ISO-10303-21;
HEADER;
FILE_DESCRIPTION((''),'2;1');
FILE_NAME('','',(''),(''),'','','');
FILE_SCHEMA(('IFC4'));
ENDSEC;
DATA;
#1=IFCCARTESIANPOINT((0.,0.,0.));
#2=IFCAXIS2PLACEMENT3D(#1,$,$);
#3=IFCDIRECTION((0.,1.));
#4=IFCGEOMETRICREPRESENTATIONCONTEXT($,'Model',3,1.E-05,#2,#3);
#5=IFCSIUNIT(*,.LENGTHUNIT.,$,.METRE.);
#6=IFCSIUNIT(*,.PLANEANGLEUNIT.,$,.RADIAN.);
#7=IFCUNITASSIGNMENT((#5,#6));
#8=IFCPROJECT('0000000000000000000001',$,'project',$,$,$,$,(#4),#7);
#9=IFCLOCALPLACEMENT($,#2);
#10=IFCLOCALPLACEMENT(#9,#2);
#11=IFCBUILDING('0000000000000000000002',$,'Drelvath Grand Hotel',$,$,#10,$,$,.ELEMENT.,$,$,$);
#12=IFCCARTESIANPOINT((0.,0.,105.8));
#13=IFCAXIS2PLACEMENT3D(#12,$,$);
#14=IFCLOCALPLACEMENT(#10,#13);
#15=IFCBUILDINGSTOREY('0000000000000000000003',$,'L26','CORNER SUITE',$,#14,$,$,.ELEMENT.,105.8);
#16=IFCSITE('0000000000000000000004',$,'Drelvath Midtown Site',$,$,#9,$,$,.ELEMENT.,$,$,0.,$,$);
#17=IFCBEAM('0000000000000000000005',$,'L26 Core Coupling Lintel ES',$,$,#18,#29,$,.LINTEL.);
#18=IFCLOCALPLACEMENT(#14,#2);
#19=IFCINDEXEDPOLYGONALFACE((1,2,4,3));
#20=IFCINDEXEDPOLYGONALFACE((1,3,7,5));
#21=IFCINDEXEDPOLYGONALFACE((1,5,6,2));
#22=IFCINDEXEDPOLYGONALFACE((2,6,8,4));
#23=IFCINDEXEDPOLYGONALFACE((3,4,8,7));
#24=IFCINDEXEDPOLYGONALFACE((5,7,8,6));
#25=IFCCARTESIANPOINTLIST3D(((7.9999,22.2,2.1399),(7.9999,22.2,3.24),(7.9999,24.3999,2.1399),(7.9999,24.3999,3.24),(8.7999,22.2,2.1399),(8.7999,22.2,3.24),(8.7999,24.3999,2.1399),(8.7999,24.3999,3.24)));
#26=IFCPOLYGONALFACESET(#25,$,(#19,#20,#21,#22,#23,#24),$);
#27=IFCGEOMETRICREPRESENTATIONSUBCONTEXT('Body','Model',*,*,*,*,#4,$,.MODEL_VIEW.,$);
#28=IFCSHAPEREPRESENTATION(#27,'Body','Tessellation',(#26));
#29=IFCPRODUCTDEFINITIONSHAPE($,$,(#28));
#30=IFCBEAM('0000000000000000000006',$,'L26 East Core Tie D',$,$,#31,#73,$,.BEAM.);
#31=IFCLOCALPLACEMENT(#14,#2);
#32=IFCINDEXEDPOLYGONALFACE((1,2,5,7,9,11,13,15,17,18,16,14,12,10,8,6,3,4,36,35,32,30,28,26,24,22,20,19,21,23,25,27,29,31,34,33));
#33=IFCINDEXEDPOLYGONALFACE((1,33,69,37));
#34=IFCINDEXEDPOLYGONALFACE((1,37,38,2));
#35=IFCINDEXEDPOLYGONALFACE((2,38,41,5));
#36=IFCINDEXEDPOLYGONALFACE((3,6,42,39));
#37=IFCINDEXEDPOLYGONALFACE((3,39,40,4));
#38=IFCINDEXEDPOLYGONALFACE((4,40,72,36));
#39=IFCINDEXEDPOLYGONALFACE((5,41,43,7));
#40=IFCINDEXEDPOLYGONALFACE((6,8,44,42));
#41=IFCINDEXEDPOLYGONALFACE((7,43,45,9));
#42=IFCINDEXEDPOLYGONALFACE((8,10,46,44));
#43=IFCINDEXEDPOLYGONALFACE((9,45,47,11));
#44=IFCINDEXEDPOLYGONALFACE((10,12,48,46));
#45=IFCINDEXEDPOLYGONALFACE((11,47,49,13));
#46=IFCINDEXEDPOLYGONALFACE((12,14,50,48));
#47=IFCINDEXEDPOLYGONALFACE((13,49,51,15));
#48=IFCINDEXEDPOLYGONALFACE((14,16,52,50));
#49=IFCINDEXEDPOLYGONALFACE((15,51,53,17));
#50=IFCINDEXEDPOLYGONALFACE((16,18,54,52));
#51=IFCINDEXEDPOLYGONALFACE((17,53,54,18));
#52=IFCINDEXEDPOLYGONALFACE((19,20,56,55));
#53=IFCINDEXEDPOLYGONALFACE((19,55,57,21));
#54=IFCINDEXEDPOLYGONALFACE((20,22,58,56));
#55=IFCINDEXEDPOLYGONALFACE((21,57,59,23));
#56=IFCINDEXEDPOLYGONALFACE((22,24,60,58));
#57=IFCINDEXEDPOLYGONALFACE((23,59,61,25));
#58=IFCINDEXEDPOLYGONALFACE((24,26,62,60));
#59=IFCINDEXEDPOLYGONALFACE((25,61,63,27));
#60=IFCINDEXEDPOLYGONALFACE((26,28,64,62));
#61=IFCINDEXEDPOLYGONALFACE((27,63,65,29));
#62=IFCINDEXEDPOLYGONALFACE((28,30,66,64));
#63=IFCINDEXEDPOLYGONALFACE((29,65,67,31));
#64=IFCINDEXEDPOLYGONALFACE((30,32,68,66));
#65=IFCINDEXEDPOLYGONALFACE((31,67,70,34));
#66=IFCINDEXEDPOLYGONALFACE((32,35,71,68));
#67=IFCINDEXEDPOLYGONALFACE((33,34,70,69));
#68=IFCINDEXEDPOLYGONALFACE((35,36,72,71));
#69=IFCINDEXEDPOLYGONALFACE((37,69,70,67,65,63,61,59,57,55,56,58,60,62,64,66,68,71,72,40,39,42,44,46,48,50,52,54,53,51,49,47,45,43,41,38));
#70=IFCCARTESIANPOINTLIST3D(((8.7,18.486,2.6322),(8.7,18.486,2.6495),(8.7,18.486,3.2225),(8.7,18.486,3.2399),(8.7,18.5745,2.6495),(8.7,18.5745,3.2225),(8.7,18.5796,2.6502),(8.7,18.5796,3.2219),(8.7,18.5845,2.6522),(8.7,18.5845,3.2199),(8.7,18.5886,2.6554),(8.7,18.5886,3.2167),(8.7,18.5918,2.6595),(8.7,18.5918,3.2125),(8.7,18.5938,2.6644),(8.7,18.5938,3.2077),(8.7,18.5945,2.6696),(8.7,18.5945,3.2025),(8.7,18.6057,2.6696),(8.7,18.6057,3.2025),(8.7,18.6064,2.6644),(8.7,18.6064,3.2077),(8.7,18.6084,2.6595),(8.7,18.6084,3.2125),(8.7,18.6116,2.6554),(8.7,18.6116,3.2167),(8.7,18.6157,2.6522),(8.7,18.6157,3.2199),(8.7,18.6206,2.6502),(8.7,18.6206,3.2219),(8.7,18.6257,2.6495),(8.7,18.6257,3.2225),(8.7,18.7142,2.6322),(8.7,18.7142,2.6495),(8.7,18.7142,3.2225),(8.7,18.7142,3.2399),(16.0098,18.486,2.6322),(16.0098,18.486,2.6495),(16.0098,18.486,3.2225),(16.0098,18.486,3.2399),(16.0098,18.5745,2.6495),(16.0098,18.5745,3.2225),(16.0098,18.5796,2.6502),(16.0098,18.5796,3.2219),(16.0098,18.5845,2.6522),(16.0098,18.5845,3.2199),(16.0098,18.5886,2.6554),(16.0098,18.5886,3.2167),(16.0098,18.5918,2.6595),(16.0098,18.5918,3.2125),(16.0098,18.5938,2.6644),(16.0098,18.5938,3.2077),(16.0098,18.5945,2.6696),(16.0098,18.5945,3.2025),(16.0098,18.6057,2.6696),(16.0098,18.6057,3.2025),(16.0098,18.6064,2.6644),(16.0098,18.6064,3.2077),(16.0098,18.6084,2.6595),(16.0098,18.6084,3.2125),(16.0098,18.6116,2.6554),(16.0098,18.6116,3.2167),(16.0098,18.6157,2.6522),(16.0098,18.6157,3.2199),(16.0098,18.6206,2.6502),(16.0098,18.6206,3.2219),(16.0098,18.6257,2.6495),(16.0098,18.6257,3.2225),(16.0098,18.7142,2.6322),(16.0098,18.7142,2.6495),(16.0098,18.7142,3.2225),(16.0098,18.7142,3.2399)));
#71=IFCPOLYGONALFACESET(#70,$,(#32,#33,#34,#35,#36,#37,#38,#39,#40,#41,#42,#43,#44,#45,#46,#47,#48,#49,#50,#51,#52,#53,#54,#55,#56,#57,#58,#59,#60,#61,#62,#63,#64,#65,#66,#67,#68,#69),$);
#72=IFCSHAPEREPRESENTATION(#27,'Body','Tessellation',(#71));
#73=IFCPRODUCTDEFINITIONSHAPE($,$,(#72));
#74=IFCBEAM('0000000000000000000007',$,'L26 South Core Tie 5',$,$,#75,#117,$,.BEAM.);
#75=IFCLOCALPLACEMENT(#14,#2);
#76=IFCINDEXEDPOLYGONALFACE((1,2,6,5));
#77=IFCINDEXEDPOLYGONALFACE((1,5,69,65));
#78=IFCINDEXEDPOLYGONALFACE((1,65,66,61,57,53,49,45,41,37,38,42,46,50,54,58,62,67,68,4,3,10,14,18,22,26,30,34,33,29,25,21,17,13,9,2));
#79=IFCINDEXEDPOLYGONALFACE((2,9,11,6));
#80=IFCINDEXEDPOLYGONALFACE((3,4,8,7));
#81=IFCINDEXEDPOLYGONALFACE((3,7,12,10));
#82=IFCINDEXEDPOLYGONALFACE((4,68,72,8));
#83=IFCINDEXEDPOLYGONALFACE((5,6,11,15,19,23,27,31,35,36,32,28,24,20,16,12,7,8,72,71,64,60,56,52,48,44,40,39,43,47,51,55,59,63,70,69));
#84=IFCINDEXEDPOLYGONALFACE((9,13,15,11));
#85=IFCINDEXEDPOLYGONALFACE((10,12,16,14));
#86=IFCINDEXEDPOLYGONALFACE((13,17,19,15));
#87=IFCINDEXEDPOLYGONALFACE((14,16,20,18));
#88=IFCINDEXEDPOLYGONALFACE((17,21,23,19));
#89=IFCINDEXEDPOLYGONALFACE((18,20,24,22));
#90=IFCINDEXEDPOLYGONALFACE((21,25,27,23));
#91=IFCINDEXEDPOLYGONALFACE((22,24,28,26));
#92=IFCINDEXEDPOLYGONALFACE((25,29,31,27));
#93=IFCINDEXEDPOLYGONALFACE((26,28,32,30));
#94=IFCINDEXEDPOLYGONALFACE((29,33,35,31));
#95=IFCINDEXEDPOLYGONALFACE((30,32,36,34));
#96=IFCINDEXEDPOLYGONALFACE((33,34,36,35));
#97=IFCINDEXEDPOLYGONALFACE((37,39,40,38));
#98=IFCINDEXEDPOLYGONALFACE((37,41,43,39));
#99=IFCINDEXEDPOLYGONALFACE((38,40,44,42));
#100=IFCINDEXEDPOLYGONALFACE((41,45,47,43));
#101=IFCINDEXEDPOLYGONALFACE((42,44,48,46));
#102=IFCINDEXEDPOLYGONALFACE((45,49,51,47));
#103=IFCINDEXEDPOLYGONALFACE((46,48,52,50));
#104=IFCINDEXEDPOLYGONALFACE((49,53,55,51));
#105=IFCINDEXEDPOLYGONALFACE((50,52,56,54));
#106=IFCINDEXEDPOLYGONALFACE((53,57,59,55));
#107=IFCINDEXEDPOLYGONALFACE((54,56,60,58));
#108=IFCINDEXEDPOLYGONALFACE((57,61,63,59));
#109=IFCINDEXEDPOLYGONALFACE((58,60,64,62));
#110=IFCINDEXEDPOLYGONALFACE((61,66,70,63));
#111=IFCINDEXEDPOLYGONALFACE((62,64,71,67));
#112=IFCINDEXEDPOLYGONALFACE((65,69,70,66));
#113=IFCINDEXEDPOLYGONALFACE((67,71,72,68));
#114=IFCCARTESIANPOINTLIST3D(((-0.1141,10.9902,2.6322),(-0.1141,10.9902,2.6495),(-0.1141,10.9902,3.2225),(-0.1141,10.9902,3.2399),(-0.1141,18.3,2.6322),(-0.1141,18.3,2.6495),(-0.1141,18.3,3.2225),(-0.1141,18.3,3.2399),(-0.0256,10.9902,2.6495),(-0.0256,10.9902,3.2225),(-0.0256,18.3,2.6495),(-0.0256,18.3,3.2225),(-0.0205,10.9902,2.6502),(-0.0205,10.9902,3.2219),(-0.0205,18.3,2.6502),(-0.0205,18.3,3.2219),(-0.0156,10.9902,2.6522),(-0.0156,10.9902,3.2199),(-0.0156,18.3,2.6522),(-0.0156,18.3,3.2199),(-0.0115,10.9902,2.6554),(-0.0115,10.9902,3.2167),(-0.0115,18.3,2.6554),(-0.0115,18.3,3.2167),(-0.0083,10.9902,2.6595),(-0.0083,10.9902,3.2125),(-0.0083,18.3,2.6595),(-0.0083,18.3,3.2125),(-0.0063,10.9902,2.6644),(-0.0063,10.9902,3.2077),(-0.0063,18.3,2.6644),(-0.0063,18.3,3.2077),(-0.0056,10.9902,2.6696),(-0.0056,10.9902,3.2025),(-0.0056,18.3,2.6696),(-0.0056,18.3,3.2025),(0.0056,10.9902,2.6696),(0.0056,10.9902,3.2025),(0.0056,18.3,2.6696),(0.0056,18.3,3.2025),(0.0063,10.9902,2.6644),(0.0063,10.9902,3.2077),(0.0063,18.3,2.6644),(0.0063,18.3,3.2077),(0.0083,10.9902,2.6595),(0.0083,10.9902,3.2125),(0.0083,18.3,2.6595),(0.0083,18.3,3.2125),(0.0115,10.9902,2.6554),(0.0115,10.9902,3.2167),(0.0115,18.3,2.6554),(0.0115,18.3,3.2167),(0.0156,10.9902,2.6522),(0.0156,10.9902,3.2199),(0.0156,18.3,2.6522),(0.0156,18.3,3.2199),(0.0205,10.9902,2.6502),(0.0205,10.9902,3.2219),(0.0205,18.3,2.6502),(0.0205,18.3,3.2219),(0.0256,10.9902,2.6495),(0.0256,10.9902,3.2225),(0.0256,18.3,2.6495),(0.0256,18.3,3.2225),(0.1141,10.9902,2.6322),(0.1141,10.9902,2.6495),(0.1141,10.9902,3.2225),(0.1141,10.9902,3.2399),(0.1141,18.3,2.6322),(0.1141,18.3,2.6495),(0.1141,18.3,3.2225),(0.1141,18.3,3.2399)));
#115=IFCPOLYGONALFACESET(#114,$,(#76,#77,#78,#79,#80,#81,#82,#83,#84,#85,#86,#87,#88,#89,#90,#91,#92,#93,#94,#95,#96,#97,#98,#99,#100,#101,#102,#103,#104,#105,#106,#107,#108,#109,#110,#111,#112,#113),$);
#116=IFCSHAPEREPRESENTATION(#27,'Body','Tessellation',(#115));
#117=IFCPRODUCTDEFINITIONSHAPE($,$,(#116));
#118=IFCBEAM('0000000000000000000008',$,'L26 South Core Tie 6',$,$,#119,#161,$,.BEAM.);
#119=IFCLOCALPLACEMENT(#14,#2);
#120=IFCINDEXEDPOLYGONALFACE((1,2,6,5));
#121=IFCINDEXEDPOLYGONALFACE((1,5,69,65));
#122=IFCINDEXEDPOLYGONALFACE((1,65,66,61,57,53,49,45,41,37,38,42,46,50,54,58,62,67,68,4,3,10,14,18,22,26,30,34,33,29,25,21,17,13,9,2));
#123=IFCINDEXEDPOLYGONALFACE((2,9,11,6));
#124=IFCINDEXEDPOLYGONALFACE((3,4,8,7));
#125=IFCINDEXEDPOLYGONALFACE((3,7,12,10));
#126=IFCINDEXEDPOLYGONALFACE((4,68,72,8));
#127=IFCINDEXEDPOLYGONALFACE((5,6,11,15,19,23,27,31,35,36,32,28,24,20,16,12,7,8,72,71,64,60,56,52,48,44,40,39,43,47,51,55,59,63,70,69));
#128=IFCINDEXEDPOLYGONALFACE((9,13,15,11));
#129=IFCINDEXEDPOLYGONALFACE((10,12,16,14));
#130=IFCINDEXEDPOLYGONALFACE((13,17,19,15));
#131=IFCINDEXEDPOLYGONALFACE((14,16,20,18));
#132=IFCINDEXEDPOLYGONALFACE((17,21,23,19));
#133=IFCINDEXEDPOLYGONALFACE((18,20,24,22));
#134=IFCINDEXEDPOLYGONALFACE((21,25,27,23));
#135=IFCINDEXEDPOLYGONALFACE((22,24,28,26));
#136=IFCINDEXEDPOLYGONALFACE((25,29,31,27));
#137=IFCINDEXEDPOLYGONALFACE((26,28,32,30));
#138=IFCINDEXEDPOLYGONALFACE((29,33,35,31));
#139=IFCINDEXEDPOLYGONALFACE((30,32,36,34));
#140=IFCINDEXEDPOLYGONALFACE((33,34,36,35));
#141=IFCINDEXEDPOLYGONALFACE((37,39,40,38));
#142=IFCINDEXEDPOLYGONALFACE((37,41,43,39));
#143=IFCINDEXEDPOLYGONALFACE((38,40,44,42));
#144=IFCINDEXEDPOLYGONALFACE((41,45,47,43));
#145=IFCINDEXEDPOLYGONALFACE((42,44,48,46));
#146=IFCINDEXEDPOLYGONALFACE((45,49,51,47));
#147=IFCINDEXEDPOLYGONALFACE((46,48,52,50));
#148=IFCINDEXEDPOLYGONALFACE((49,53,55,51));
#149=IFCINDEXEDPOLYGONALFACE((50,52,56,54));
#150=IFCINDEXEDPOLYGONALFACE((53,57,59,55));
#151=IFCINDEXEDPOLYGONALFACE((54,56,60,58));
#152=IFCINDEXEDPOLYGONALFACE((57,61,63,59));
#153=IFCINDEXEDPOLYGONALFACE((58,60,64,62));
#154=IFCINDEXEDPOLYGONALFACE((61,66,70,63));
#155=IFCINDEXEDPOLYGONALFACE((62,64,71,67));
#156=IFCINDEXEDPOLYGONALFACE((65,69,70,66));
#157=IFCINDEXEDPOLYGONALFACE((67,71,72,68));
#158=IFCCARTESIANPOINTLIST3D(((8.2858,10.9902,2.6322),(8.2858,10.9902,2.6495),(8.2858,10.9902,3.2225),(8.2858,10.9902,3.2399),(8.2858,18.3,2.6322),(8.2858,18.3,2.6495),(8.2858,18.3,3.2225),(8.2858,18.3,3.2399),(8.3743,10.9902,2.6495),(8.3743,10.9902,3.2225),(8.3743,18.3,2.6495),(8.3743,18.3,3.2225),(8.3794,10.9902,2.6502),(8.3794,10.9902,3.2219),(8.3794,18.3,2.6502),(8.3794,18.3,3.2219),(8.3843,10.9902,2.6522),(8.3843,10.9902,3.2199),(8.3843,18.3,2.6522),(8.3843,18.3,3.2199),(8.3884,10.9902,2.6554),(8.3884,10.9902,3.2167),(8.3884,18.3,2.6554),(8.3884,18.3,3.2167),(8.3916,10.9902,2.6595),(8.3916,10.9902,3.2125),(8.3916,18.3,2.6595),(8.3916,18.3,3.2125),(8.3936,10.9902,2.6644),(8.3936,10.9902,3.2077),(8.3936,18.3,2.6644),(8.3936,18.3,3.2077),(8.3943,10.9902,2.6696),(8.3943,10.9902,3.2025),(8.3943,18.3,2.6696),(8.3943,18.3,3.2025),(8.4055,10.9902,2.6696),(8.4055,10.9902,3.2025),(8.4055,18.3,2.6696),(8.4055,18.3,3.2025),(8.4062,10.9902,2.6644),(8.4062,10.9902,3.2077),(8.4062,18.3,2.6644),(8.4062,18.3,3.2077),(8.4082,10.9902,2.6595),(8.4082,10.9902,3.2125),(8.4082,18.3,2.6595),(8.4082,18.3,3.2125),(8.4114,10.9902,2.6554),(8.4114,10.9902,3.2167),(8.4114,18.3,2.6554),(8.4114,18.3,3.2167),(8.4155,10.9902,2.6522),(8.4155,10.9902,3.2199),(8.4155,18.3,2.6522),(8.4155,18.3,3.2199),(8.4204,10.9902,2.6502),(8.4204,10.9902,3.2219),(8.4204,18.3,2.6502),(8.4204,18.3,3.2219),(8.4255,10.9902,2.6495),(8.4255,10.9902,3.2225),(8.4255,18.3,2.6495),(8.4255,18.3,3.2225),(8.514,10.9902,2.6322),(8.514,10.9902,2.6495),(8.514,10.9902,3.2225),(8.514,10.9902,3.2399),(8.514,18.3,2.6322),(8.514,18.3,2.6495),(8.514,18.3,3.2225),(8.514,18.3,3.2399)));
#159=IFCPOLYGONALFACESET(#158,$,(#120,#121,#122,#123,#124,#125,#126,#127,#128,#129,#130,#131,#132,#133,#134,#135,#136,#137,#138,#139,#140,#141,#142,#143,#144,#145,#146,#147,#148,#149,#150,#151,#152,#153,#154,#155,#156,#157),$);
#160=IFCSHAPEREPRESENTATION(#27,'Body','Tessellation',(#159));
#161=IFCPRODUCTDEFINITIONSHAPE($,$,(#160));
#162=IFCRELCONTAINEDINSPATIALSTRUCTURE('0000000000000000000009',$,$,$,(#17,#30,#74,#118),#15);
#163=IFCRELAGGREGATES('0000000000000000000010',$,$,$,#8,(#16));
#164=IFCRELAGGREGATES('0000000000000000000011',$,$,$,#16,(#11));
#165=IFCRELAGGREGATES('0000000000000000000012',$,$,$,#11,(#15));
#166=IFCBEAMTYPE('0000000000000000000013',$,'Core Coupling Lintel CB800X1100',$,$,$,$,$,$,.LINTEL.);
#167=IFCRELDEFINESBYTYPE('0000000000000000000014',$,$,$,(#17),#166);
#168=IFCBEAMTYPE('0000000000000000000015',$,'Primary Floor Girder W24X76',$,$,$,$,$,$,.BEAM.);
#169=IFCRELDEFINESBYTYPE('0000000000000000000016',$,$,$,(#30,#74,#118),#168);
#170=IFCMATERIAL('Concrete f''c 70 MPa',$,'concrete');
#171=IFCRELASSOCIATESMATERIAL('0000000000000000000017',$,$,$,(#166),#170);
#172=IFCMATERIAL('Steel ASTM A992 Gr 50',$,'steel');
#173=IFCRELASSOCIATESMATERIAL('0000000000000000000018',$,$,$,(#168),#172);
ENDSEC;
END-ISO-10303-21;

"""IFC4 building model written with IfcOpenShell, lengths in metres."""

from ifc_helpers import new_model, si_unit, direction, frame, origin, origin_2d, place, context, subcontext, project, spatial, rectangle, i_section, extrude, material, material_profile, profile_set, type_object, element, save


model = new_model("IFC4")

# Units and contexts
model_context = context("Model", 3, precision=1e-05, world=origin(), true_north=direction((0.0, 1.0)))
body_context = subcontext(model_context, "Body", "Model", "MODEL_VIEW")
ifc_project = project(units=[si_unit("LENGTHUNIT", "METRE"), si_unit("PLANEANGLEUNIT", "RADIAN")], contexts=[model_context])

# Site, building, storey
site_placement = place(None, origin())
site = spatial("IfcSite", under=ifc_project, at=site_placement, Name="Drelvath Midtown Site", CompositionType="ELEMENT", RefElevation=0.0)
building_placement = place(site_placement, origin())
building = spatial("IfcBuilding", under=site, at=building_placement, Name="Drelvath Grand Hotel", CompositionType="ELEMENT")
storey_placement = place(building_placement, frame((0.0, 0.0, 105.8)))
storey = spatial("IfcBuildingStorey", under=building, at=storey_placement, Name="L26", Description="CORNER SUITE", CompositionType="ELEMENT", Elevation=105.8)

# Beams
ifc_material_1 = material(Name="Concrete f'c 70 MPa", Category="concrete")
ifc_material_profile_1 = material_profile(ifc_material_1, rectangle(XDim=0.8, YDim=1.1001, at=origin_2d()), Name="CB800X1100")
ifc_profile_set_1 = profile_set([ifc_material_profile_1], Name="Concrete f'c 70 MPa")
beam_type_1 = type_object("IfcBeamType", Name="Core Coupling Lintel CB800X1100", PredefinedType="LINTEL", material=ifc_profile_set_1)
beam_placement = place(storey_placement, frame((8.3999, 22.2, 2.6899), z_axis=(0.0, 1.0, 0.0), x_axis=(-1.0, 0.0, 0.0)))
element("IfcBeam", 1, at=beam_placement, inside=storey, type_object=beam_type_1, Name="L26 Core Coupling Lintel ES", PredefinedType="LINTEL", context=body_context, shape_type="SweptSolid", body=[
    extrude(rectangle(XDim=0.8, YDim=1.1001, at=origin_2d()), origin(), (0.0, 0.0, 1.0), 2.2),
])
ifc_material_2 = material(Name="Steel ASTM A992 Gr 50", Category="steel")
ifc_material_profile_2 = material_profile(ifc_material_2, i_section(OverallWidth=0.2283, OverallDepth=0.6077, WebThickness=0.0112, FlangeThickness=0.0173, FilletRadius=0.02, at=origin_2d()), Name="W24X76")
ifc_profile_set_2 = profile_set([ifc_material_profile_2], Name="Steel ASTM A992 Gr 50")
beam_type_2 = type_object("IfcBeamType", Name="Primary Floor Girder W24X76", PredefinedType="BEAM", material=ifc_profile_set_2)
for number, where, z_axis, x_axis, name in (
    (2, (8.7, 18.6001, 2.936), (1.0, 0.0, 0.0), (0.0, 1.0, 0.0), "L26 East Core Tie D"),
    (3, (0.0, 10.9902, 2.936), (0.0, 1.0, 0.0), (-1.0, 0.0, 0.0), "L26 South Core Tie 5"),
    (4, (8.3999, 10.9902, 2.936), (0.0, 1.0, 0.0), (-1.0, 0.0, 0.0), "L26 South Core Tie 6"),
):
    element("IfcBeam", number, at=place(storey_placement, frame(where, z_axis=z_axis, x_axis=x_axis)), inside=storey, type_object=beam_type_2, Name=name, PredefinedType="BEAM", context=body_context, shape_type="SweptSolid", body=[
        extrude(i_section(OverallWidth=0.2283, OverallDepth=0.6077, WebThickness=0.0112, FlangeThickness=0.0173, FilletRadius=0.02, at=origin_2d()), origin(), (0.0, 0.0, 1.0), 7.3098),
    ])

save(model, "model.ifc")
